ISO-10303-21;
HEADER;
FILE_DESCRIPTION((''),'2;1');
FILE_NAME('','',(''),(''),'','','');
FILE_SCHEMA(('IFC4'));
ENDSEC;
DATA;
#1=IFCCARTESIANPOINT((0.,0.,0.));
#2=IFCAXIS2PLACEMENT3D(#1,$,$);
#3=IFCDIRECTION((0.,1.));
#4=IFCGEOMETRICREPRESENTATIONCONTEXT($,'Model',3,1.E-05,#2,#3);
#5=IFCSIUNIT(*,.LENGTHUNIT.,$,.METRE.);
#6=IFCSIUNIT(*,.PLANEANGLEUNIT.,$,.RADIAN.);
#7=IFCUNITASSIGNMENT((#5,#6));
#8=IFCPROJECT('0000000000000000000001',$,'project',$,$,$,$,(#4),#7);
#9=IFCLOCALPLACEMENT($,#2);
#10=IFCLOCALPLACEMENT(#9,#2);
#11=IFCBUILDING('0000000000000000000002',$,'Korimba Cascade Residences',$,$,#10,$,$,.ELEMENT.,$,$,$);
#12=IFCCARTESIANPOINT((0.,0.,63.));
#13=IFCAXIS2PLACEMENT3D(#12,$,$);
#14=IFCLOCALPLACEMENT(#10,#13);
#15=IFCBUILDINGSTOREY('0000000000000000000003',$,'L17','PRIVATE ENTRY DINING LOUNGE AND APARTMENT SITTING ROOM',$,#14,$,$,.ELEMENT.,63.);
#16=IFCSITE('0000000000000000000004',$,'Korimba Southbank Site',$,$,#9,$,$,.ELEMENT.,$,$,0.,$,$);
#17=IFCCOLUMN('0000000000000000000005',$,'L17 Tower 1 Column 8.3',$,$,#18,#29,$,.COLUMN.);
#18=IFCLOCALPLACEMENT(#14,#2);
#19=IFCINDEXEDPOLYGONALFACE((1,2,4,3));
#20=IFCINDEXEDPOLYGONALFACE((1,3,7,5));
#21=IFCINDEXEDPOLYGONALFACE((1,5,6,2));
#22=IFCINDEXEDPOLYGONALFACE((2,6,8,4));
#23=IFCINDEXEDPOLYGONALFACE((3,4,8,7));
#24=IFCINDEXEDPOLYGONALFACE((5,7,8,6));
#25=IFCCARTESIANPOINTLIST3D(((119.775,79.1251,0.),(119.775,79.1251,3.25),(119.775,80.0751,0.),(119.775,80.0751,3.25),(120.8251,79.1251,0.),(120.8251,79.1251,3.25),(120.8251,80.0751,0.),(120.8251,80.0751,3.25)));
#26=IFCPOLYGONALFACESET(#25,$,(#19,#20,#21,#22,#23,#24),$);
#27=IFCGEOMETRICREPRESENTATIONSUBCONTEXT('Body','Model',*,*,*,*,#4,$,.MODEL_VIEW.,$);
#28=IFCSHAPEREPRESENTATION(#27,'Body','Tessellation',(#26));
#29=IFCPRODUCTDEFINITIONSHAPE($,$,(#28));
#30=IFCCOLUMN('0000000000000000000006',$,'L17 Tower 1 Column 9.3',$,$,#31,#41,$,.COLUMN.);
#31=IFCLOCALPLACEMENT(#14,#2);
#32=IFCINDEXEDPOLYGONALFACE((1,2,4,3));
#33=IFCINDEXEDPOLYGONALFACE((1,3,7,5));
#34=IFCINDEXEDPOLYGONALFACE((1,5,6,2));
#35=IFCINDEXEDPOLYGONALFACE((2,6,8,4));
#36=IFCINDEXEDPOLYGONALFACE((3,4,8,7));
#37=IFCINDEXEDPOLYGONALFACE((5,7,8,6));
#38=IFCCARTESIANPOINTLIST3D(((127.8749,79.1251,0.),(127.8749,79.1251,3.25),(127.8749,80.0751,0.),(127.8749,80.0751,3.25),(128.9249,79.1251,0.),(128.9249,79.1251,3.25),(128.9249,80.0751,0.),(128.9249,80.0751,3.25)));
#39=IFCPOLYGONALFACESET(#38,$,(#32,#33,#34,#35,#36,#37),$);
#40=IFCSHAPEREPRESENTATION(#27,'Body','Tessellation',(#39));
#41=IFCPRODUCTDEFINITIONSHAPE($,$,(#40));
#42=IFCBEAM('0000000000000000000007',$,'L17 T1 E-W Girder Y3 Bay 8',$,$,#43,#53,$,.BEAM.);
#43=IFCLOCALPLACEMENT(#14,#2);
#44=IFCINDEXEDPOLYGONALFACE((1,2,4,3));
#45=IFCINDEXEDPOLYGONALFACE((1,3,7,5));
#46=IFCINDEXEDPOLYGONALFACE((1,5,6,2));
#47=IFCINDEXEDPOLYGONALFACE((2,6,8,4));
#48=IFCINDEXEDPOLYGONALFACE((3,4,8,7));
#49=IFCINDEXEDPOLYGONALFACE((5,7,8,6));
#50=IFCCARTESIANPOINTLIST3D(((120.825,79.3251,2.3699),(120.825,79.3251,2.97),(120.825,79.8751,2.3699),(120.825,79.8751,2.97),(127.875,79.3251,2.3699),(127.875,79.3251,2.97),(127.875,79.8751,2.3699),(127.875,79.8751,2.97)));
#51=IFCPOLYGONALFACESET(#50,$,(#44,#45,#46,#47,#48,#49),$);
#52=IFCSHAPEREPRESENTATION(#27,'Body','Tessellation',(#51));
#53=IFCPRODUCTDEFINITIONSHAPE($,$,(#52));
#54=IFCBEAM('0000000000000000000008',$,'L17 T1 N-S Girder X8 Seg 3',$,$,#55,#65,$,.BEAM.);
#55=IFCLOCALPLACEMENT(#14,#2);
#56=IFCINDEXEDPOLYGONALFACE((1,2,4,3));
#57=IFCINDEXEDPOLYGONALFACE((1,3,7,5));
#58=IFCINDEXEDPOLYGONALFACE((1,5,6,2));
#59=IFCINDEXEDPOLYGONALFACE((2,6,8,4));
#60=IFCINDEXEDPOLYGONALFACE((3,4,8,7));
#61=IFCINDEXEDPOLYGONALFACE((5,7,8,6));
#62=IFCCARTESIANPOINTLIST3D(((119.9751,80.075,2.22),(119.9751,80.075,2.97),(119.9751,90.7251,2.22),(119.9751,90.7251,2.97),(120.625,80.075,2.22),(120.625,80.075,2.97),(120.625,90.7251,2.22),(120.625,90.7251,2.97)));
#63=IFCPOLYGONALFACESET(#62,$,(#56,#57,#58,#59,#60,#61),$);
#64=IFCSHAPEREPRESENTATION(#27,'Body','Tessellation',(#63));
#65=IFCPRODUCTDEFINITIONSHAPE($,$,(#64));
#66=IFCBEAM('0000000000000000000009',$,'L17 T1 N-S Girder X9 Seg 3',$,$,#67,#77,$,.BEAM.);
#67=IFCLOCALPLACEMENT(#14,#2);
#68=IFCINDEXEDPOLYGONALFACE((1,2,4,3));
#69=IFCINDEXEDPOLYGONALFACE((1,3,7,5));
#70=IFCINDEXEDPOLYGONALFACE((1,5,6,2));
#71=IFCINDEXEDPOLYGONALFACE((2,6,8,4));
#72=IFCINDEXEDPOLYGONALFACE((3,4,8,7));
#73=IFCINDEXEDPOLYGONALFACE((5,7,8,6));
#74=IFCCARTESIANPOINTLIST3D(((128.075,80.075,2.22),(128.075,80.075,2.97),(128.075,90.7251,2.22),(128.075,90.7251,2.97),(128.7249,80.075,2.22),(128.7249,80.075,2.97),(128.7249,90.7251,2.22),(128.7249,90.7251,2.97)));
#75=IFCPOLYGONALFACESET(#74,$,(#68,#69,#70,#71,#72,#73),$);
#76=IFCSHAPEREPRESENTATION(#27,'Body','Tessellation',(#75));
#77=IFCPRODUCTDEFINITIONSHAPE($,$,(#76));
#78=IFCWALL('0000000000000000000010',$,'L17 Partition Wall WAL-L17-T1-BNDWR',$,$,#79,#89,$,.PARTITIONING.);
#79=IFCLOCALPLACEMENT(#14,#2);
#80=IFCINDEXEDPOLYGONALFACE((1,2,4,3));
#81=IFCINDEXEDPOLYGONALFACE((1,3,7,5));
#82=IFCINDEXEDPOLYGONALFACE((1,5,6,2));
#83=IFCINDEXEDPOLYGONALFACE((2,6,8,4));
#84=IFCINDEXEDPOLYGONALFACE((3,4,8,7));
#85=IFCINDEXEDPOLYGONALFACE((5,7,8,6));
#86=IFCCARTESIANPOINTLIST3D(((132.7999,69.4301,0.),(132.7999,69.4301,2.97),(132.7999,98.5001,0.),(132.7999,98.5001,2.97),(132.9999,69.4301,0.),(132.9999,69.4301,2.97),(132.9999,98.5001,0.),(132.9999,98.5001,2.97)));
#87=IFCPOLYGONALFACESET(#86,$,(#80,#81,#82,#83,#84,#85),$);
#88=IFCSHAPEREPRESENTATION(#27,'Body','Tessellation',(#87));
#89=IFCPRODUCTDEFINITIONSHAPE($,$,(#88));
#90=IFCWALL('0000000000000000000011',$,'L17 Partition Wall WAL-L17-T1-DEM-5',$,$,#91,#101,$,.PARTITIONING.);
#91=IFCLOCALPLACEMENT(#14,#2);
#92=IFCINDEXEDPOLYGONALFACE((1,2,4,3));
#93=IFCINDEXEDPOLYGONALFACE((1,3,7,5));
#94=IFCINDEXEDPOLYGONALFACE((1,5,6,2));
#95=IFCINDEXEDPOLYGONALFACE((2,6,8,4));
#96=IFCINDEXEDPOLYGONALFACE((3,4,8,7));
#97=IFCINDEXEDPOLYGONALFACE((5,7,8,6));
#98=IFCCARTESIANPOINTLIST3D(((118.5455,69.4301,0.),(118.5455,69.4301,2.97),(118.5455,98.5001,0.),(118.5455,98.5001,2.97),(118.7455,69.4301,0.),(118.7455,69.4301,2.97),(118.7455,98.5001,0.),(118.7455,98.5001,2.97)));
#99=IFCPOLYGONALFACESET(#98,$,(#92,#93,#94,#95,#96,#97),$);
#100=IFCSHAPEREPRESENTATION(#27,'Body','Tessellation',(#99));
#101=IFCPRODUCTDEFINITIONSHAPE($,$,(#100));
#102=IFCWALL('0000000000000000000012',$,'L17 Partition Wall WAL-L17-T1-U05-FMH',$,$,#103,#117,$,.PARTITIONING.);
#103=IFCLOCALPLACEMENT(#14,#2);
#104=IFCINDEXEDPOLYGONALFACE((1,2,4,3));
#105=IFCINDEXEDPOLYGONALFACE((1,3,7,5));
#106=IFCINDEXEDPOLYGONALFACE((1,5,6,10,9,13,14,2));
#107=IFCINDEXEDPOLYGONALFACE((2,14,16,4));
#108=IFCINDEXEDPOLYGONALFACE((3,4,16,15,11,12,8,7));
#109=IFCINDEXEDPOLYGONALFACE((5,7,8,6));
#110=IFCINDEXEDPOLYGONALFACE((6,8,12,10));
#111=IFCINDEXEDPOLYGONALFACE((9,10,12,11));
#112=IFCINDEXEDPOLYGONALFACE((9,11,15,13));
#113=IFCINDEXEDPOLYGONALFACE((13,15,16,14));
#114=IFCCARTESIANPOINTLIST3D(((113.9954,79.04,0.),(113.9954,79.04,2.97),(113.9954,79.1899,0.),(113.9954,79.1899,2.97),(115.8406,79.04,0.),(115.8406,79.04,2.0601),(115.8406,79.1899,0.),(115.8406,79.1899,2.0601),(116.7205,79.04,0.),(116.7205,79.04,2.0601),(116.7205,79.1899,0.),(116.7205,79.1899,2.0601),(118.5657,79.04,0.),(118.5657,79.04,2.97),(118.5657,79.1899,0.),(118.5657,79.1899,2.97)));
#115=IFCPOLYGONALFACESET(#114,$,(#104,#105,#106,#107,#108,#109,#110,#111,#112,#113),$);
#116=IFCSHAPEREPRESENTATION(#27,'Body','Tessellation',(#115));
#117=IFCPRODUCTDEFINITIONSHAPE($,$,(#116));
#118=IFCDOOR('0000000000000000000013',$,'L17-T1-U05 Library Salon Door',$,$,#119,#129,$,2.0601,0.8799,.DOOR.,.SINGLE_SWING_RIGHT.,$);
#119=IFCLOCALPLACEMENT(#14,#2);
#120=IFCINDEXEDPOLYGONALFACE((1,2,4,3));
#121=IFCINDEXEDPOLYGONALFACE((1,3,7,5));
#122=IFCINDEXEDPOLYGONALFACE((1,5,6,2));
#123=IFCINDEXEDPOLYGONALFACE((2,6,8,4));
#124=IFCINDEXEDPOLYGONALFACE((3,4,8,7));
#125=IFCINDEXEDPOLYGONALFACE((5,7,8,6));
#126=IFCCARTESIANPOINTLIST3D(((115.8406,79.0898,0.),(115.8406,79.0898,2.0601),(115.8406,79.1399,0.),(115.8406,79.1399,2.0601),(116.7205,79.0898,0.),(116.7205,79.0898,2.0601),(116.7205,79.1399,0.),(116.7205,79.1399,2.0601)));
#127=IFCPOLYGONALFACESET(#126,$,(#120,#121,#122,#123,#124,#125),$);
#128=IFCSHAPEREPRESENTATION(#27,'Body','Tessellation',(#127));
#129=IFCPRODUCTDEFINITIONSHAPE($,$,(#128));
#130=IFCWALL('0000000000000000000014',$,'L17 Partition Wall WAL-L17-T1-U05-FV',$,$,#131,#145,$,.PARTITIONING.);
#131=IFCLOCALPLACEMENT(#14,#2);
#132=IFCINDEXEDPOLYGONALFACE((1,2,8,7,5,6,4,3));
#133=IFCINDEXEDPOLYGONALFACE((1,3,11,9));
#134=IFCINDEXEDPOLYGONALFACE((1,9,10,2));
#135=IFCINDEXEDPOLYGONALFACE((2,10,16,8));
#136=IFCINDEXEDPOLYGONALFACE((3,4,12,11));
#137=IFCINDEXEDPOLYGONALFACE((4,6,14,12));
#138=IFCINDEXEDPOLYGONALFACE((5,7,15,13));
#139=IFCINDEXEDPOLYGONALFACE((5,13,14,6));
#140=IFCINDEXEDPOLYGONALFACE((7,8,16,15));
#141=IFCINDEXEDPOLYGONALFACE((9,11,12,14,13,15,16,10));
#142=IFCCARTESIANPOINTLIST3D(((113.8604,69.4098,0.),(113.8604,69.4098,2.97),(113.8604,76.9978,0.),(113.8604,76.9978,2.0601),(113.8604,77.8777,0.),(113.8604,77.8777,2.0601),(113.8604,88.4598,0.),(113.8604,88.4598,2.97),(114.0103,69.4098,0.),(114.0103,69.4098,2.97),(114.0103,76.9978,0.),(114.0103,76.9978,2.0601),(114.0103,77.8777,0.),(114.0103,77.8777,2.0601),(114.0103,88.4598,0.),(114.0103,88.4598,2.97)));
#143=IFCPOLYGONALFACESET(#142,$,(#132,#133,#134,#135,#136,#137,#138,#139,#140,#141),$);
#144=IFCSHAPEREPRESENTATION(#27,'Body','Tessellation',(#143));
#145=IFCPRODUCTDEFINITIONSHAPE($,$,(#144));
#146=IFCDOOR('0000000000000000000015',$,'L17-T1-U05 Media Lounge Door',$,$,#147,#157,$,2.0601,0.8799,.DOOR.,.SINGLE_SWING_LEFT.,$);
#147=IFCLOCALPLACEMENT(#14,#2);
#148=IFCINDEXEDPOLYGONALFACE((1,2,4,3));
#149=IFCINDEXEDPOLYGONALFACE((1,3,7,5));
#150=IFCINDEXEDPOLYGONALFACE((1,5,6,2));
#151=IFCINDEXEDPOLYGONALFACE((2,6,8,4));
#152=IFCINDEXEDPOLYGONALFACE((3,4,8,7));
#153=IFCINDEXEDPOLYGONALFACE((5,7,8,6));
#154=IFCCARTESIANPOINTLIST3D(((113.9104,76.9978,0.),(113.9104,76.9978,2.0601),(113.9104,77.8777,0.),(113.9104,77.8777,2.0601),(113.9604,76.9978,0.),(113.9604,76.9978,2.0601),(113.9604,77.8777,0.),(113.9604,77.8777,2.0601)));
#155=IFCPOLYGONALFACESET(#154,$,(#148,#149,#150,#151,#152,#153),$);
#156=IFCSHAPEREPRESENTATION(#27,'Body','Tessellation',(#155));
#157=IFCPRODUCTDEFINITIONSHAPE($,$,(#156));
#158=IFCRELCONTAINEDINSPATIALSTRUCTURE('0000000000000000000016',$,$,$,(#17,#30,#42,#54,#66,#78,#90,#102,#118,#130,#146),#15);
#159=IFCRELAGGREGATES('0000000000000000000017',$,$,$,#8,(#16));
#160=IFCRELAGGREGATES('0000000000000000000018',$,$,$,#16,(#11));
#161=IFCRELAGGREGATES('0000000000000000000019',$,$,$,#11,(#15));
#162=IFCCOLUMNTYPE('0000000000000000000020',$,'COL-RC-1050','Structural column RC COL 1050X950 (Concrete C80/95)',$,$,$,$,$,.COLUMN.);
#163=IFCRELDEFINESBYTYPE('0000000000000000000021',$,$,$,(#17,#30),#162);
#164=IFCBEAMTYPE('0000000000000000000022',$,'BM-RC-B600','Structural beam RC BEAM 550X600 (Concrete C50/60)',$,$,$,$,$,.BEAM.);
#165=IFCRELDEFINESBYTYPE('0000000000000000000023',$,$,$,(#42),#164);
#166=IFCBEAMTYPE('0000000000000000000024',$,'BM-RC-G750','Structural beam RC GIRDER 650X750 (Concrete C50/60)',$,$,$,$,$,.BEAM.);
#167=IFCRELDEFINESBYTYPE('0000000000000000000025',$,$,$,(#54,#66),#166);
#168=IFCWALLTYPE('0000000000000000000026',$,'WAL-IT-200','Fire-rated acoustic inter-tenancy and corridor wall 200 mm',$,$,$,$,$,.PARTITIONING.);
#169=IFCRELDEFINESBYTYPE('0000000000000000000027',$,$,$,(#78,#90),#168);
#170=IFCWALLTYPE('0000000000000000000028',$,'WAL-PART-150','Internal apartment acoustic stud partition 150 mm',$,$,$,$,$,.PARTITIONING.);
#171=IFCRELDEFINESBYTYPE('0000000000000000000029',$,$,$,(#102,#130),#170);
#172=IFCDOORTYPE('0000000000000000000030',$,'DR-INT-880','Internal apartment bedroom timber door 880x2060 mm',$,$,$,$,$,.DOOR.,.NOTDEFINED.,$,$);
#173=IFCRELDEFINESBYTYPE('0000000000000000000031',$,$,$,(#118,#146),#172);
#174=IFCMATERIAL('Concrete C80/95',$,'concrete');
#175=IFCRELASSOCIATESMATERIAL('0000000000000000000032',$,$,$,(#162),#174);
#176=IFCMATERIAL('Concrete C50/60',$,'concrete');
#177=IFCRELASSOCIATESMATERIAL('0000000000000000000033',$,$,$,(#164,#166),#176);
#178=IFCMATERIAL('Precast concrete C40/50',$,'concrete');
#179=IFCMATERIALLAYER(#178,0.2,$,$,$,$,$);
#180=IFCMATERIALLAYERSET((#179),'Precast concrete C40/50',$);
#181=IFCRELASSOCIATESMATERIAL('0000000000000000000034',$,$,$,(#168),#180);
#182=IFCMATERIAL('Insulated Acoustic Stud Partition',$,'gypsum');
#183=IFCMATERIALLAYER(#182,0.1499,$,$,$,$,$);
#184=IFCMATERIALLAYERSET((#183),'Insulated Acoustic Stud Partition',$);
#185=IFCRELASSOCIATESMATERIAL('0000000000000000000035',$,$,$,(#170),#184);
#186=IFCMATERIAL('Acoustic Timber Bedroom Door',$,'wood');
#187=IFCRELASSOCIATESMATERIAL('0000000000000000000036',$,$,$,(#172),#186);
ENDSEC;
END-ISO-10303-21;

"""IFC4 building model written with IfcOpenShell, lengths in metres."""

from ifc_helpers import new_model, si_unit, direction, frame, frame_2d, origin, origin_2d, place, context, subcontext, project, spatial, rectangle, extrude, material, layer, layer_set, material_profile, profile_set, type_object, element, fill, save


model = new_model("IFC4")

# Units and contexts
model_context = context("Model", 3, precision=1e-05, world=origin(), true_north=direction((0.0, 1.0)))
body_context = subcontext(model_context, "Body", "Model", "MODEL_VIEW")
ifc_project = project(units=[si_unit("LENGTHUNIT", "METRE"), si_unit("PLANEANGLEUNIT", "RADIAN")], contexts=[model_context])

# Site, building, storey
site_placement = place(None, origin())
site = spatial("IfcSite", under=ifc_project, at=site_placement, Name="Korimba Southbank Site", CompositionType="ELEMENT", RefElevation=0.0)
building_placement = place(site_placement, origin())
building = spatial("IfcBuilding", under=site, at=building_placement, Name="Korimba Cascade Residences", CompositionType="ELEMENT")
storey_placement = place(building_placement, frame((0.0, 0.0, 63.0)))
storey = spatial("IfcBuildingStorey", under=building, at=storey_placement, Name="L17", Description="PRIVATE ENTRY DINING LOUNGE AND APARTMENT SITTING ROOM", CompositionType="ELEMENT", Elevation=63.0)

# Columns
ifc_material_1 = material(Name="Concrete C80/95", Category="concrete")
ifc_material_profile_1 = material_profile(ifc_material_1, rectangle(XDim=1.05, YDim=0.95, at=origin_2d()), Name="Concrete C80/95")
ifc_profile_set_1 = profile_set([ifc_material_profile_1], Name="Concrete C80/95")
column_type = type_object("IfcColumnType", Name="COL-RC-1050", Description="Structural column RC COL 1050X950 (Concrete C80/95)", PredefinedType="COLUMN", material=ifc_profile_set_1)
for number, where, z_axis, x_axis, name in (
    (1, (120.3, 79.6001, 0.0), (0.0, 0.0, 1.0), (1.0, 0.0, 0.0), "L17 Tower 1 Column 8.3"),
    (2, (128.3999, 79.6001, 0.0), (0.0, 0.0, 1.0), (1.0, 0.0, 0.0), "L17 Tower 1 Column 9.3"),
):
    element("IfcColumn", number, at=place(storey_placement, frame(where, z_axis=z_axis, x_axis=x_axis)), inside=storey, type_object=column_type, Name=name, PredefinedType="COLUMN", context=body_context, shape_type="SweptSolid", body=[
        extrude(rectangle(XDim=1.05, YDim=0.95, at=origin_2d()), origin(), (0.0, 0.0, 1.0), 3.25),
    ])

# Beams
ifc_material_2 = material(Name="Concrete C50/60", Category="concrete")
ifc_material_profile_2 = material_profile(ifc_material_2, rectangle(XDim=0.55, YDim=0.6001, at=origin_2d()), Name="Concrete C50/60")
ifc_profile_set_2 = profile_set([ifc_material_profile_2], Name="Concrete C50/60")
beam_type_1 = type_object("IfcBeamType", Name="BM-RC-B600", Description="Structural beam RC BEAM 550X600 (Concrete C50/60)", PredefinedType="BEAM", material=ifc_profile_set_2)
beam_placement = place(storey_placement, frame((120.825, 79.6001, 2.6699), z_axis=(1.0, 0.0, 0.0), x_axis=(0.0, 1.0, 0.0)))
element("IfcBeam", 3, at=beam_placement, inside=storey, type_object=beam_type_1, Name="L17 T1 E-W Girder Y3 Bay 8", PredefinedType="BEAM", context=body_context, shape_type="SweptSolid", body=[
    extrude(rectangle(XDim=0.55, YDim=0.6001, at=origin_2d()), origin(), (0.0, 0.0, 1.0), 7.05),
])
ifc_material_profile_3 = material_profile(ifc_material_2, rectangle(XDim=0.6499, YDim=0.75, at=origin_2d()), Name="Concrete C50/60")
ifc_profile_set_3 = profile_set([ifc_material_profile_3], Name="Concrete C50/60")
beam_type_2 = type_object("IfcBeamType", Name="BM-RC-G750", Description="Structural beam RC GIRDER 650X750 (Concrete C50/60)", PredefinedType="BEAM", material=ifc_profile_set_3)
for number, where, z_axis, x_axis, name in (
    (4, (120.3, 80.075, 2.595), (0.0, 1.0, 0.0), (-1.0, 0.0, 0.0), "L17 T1 N-S Girder X8 Seg 3"),
    (5, (128.3999, 80.075, 2.595), (0.0, 1.0, 0.0), (-1.0, 0.0, 0.0), "L17 T1 N-S Girder X9 Seg 3"),
):
    element("IfcBeam", number, at=place(storey_placement, frame(where, z_axis=z_axis, x_axis=x_axis)), inside=storey, type_object=beam_type_2, Name=name, PredefinedType="BEAM", context=body_context, shape_type="SweptSolid", body=[
        extrude(rectangle(XDim=0.6499, YDim=0.75, at=origin_2d()), origin(), (0.0, 0.0, 1.0), 10.6501),
    ])

# Walls
ifc_material_3 = material(Name="Precast concrete C40/50", Category="concrete")
ifc_layer_1 = layer(ifc_material_3, 0.2)
ifc_layer_set_1 = layer_set([ifc_layer_1], Name="Precast concrete C40/50")
wall_type_1 = type_object("IfcWallType", Name="WAL-IT-200", Description="Fire-rated acoustic inter-tenancy and corridor wall 200 mm", PredefinedType="PARTITIONING", material=ifc_layer_set_1)
for number, where, z_axis, x_axis, name in (
    (6, (132.8999, 69.4299, 0.0), (0.0, 0.0, 1.0), (0.0, 1.0, 0.0), "L17 Partition Wall WAL-L17-T1-BNDWR"),
    (7, (118.6455, 69.4299, 0.0), (0.0, 0.0, 1.0), (0.0, 1.0, 0.0), "L17 Partition Wall WAL-L17-T1-DEM-5"),
):
    element("IfcWall", number, at=place(storey_placement, frame(where, z_axis=z_axis, x_axis=x_axis)), inside=storey, type_object=wall_type_1, Name=name, PredefinedType="PARTITIONING", context=body_context, shape_type="SweptSolid", body=[
        extrude(rectangle(XDim=29.0701, YDim=0.2, at=frame_2d((14.5352, 0.0))), origin(), (0.0, 0.0, 1.0), 2.97),
    ])

# Walls, openings, doors
ifc_material_4 = material(Name="Insulated Acoustic Stud Partition", Category="gypsum")
ifc_layer_2 = layer(ifc_material_4, 0.1499)
ifc_layer_set_2 = layer_set([ifc_layer_2], Name="Insulated Acoustic Stud Partition")
wall_type_2 = type_object("IfcWallType", Name="WAL-PART-150", Description="Internal apartment acoustic stud partition 150 mm", PredefinedType="PARTITIONING", material=ifc_layer_set_2)
wall_1_placement = place(storey_placement, frame((113.9954, 79.115, 0.0), z_axis=(0.0, 0.0, 1.0), x_axis=(1.0, 0.0, 0.0)))
wall_1 = element("IfcWall", 8, at=wall_1_placement, inside=storey, type_object=wall_type_2, Name="L17 Partition Wall WAL-L17-T1-U05-FMH", PredefinedType="PARTITIONING", context=body_context, shape_type="SweptSolid", body=[
    extrude(rectangle(XDim=4.5703, YDim=0.1499, at=frame_2d((2.2852, 0.0))), origin(), (0.0, 0.0, 1.0), 2.97),
])
opening_1_placement = place(wall_1_placement, frame((1.8452, 0.0, 0.0)))
opening_1 = element("IfcOpeningElement", 9, at=opening_1_placement, cuts=wall_1, PredefinedType="OPENING", context=body_context, shape_type="SweptSolid", body=[
    extrude(rectangle(XDim=0.8799, YDim=2.0601, at=frame_2d((0.4399, 1.03))), frame((0.0, 0.085, 0.0), z_axis=(0.0, -1.0, 0.0), x_axis=(1.0, 0.0, 0.0)), (0.0, 0.0, 1.0), 0.1699),
])
ifc_material_5 = material(Name="Acoustic Timber Bedroom Door", Category="wood")
door_type_1 = type_object("IfcDoorType", Name="DR-INT-880", Description="Internal apartment bedroom timber door 880x2060 mm", OperationType="NOTDEFINED", PredefinedType="DOOR", material=ifc_material_5)
door_1_placement = place(opening_1_placement, origin())
door_1 = element("IfcDoor", 10, at=door_1_placement, inside=storey, type_object=door_type_1, Name="L17-T1-U05 Library Salon Door", OperationType="SINGLE_SWING_RIGHT", OverallHeight=2.0601, OverallWidth=0.8799, PredefinedType="DOOR", context=body_context, shape_type="SweptSolid", body=[
    extrude(rectangle(XDim=0.8799, YDim=2.0601, at=frame_2d((0.4399, 1.03))), frame((0.0, 0.0249, 0.0), z_axis=(0.0, -1.0, 0.0), x_axis=(1.0, 0.0, 0.0)), (0.0, 0.0, 1.0), 0.05),
])
fill(opening_1, door_1)
wall_2_placement = place(storey_placement, frame((113.9353, 69.4099, 0.0), z_axis=(0.0, 0.0, 1.0), x_axis=(0.0, 1.0, 0.0)))
wall_2 = element("IfcWall", 11, at=wall_2_placement, inside=storey, type_object=wall_type_2, Name="L17 Partition Wall WAL-L17-T1-U05-FV", PredefinedType="PARTITIONING", context=body_context, shape_type="SweptSolid", body=[
    extrude(rectangle(XDim=19.05, YDim=0.1499, at=frame_2d((9.5249, 0.0))), origin(), (0.0, 0.0, 1.0), 2.97),
])
opening_2_placement = place(wall_2_placement, frame((7.5879, 0.0, 0.0)))
opening_2 = element("IfcOpeningElement", 12, at=opening_2_placement, cuts=wall_2, PredefinedType="OPENING", context=body_context, shape_type="SweptSolid", body=[
    extrude(rectangle(XDim=0.8799, YDim=2.0601, at=frame_2d((0.4399, 1.03))), frame((0.0, 0.085, 0.0), z_axis=(0.0, -1.0, 0.0), x_axis=(1.0, 0.0, 0.0)), (0.0, 0.0, 1.0), 0.1699),
])
door_2_placement = place(opening_2_placement, origin())
door_2 = element("IfcDoor", 13, at=door_2_placement, inside=storey, type_object=door_type_1, Name="L17-T1-U05 Media Lounge Door", OperationType="SINGLE_SWING_LEFT", OverallHeight=2.0601, OverallWidth=0.8799, PredefinedType="DOOR", context=body_context, shape_type="SweptSolid", body=[
    extrude(rectangle(XDim=0.8799, YDim=2.0601, at=frame_2d((0.4399, 1.03))), frame((0.0, 0.0249, 0.0), z_axis=(0.0, -1.0, 0.0), x_axis=(1.0, 0.0, 0.0)), (0.0, 0.0, 1.0), 0.05),
])
fill(opening_2, door_2)

save(model, "model.ifc")
